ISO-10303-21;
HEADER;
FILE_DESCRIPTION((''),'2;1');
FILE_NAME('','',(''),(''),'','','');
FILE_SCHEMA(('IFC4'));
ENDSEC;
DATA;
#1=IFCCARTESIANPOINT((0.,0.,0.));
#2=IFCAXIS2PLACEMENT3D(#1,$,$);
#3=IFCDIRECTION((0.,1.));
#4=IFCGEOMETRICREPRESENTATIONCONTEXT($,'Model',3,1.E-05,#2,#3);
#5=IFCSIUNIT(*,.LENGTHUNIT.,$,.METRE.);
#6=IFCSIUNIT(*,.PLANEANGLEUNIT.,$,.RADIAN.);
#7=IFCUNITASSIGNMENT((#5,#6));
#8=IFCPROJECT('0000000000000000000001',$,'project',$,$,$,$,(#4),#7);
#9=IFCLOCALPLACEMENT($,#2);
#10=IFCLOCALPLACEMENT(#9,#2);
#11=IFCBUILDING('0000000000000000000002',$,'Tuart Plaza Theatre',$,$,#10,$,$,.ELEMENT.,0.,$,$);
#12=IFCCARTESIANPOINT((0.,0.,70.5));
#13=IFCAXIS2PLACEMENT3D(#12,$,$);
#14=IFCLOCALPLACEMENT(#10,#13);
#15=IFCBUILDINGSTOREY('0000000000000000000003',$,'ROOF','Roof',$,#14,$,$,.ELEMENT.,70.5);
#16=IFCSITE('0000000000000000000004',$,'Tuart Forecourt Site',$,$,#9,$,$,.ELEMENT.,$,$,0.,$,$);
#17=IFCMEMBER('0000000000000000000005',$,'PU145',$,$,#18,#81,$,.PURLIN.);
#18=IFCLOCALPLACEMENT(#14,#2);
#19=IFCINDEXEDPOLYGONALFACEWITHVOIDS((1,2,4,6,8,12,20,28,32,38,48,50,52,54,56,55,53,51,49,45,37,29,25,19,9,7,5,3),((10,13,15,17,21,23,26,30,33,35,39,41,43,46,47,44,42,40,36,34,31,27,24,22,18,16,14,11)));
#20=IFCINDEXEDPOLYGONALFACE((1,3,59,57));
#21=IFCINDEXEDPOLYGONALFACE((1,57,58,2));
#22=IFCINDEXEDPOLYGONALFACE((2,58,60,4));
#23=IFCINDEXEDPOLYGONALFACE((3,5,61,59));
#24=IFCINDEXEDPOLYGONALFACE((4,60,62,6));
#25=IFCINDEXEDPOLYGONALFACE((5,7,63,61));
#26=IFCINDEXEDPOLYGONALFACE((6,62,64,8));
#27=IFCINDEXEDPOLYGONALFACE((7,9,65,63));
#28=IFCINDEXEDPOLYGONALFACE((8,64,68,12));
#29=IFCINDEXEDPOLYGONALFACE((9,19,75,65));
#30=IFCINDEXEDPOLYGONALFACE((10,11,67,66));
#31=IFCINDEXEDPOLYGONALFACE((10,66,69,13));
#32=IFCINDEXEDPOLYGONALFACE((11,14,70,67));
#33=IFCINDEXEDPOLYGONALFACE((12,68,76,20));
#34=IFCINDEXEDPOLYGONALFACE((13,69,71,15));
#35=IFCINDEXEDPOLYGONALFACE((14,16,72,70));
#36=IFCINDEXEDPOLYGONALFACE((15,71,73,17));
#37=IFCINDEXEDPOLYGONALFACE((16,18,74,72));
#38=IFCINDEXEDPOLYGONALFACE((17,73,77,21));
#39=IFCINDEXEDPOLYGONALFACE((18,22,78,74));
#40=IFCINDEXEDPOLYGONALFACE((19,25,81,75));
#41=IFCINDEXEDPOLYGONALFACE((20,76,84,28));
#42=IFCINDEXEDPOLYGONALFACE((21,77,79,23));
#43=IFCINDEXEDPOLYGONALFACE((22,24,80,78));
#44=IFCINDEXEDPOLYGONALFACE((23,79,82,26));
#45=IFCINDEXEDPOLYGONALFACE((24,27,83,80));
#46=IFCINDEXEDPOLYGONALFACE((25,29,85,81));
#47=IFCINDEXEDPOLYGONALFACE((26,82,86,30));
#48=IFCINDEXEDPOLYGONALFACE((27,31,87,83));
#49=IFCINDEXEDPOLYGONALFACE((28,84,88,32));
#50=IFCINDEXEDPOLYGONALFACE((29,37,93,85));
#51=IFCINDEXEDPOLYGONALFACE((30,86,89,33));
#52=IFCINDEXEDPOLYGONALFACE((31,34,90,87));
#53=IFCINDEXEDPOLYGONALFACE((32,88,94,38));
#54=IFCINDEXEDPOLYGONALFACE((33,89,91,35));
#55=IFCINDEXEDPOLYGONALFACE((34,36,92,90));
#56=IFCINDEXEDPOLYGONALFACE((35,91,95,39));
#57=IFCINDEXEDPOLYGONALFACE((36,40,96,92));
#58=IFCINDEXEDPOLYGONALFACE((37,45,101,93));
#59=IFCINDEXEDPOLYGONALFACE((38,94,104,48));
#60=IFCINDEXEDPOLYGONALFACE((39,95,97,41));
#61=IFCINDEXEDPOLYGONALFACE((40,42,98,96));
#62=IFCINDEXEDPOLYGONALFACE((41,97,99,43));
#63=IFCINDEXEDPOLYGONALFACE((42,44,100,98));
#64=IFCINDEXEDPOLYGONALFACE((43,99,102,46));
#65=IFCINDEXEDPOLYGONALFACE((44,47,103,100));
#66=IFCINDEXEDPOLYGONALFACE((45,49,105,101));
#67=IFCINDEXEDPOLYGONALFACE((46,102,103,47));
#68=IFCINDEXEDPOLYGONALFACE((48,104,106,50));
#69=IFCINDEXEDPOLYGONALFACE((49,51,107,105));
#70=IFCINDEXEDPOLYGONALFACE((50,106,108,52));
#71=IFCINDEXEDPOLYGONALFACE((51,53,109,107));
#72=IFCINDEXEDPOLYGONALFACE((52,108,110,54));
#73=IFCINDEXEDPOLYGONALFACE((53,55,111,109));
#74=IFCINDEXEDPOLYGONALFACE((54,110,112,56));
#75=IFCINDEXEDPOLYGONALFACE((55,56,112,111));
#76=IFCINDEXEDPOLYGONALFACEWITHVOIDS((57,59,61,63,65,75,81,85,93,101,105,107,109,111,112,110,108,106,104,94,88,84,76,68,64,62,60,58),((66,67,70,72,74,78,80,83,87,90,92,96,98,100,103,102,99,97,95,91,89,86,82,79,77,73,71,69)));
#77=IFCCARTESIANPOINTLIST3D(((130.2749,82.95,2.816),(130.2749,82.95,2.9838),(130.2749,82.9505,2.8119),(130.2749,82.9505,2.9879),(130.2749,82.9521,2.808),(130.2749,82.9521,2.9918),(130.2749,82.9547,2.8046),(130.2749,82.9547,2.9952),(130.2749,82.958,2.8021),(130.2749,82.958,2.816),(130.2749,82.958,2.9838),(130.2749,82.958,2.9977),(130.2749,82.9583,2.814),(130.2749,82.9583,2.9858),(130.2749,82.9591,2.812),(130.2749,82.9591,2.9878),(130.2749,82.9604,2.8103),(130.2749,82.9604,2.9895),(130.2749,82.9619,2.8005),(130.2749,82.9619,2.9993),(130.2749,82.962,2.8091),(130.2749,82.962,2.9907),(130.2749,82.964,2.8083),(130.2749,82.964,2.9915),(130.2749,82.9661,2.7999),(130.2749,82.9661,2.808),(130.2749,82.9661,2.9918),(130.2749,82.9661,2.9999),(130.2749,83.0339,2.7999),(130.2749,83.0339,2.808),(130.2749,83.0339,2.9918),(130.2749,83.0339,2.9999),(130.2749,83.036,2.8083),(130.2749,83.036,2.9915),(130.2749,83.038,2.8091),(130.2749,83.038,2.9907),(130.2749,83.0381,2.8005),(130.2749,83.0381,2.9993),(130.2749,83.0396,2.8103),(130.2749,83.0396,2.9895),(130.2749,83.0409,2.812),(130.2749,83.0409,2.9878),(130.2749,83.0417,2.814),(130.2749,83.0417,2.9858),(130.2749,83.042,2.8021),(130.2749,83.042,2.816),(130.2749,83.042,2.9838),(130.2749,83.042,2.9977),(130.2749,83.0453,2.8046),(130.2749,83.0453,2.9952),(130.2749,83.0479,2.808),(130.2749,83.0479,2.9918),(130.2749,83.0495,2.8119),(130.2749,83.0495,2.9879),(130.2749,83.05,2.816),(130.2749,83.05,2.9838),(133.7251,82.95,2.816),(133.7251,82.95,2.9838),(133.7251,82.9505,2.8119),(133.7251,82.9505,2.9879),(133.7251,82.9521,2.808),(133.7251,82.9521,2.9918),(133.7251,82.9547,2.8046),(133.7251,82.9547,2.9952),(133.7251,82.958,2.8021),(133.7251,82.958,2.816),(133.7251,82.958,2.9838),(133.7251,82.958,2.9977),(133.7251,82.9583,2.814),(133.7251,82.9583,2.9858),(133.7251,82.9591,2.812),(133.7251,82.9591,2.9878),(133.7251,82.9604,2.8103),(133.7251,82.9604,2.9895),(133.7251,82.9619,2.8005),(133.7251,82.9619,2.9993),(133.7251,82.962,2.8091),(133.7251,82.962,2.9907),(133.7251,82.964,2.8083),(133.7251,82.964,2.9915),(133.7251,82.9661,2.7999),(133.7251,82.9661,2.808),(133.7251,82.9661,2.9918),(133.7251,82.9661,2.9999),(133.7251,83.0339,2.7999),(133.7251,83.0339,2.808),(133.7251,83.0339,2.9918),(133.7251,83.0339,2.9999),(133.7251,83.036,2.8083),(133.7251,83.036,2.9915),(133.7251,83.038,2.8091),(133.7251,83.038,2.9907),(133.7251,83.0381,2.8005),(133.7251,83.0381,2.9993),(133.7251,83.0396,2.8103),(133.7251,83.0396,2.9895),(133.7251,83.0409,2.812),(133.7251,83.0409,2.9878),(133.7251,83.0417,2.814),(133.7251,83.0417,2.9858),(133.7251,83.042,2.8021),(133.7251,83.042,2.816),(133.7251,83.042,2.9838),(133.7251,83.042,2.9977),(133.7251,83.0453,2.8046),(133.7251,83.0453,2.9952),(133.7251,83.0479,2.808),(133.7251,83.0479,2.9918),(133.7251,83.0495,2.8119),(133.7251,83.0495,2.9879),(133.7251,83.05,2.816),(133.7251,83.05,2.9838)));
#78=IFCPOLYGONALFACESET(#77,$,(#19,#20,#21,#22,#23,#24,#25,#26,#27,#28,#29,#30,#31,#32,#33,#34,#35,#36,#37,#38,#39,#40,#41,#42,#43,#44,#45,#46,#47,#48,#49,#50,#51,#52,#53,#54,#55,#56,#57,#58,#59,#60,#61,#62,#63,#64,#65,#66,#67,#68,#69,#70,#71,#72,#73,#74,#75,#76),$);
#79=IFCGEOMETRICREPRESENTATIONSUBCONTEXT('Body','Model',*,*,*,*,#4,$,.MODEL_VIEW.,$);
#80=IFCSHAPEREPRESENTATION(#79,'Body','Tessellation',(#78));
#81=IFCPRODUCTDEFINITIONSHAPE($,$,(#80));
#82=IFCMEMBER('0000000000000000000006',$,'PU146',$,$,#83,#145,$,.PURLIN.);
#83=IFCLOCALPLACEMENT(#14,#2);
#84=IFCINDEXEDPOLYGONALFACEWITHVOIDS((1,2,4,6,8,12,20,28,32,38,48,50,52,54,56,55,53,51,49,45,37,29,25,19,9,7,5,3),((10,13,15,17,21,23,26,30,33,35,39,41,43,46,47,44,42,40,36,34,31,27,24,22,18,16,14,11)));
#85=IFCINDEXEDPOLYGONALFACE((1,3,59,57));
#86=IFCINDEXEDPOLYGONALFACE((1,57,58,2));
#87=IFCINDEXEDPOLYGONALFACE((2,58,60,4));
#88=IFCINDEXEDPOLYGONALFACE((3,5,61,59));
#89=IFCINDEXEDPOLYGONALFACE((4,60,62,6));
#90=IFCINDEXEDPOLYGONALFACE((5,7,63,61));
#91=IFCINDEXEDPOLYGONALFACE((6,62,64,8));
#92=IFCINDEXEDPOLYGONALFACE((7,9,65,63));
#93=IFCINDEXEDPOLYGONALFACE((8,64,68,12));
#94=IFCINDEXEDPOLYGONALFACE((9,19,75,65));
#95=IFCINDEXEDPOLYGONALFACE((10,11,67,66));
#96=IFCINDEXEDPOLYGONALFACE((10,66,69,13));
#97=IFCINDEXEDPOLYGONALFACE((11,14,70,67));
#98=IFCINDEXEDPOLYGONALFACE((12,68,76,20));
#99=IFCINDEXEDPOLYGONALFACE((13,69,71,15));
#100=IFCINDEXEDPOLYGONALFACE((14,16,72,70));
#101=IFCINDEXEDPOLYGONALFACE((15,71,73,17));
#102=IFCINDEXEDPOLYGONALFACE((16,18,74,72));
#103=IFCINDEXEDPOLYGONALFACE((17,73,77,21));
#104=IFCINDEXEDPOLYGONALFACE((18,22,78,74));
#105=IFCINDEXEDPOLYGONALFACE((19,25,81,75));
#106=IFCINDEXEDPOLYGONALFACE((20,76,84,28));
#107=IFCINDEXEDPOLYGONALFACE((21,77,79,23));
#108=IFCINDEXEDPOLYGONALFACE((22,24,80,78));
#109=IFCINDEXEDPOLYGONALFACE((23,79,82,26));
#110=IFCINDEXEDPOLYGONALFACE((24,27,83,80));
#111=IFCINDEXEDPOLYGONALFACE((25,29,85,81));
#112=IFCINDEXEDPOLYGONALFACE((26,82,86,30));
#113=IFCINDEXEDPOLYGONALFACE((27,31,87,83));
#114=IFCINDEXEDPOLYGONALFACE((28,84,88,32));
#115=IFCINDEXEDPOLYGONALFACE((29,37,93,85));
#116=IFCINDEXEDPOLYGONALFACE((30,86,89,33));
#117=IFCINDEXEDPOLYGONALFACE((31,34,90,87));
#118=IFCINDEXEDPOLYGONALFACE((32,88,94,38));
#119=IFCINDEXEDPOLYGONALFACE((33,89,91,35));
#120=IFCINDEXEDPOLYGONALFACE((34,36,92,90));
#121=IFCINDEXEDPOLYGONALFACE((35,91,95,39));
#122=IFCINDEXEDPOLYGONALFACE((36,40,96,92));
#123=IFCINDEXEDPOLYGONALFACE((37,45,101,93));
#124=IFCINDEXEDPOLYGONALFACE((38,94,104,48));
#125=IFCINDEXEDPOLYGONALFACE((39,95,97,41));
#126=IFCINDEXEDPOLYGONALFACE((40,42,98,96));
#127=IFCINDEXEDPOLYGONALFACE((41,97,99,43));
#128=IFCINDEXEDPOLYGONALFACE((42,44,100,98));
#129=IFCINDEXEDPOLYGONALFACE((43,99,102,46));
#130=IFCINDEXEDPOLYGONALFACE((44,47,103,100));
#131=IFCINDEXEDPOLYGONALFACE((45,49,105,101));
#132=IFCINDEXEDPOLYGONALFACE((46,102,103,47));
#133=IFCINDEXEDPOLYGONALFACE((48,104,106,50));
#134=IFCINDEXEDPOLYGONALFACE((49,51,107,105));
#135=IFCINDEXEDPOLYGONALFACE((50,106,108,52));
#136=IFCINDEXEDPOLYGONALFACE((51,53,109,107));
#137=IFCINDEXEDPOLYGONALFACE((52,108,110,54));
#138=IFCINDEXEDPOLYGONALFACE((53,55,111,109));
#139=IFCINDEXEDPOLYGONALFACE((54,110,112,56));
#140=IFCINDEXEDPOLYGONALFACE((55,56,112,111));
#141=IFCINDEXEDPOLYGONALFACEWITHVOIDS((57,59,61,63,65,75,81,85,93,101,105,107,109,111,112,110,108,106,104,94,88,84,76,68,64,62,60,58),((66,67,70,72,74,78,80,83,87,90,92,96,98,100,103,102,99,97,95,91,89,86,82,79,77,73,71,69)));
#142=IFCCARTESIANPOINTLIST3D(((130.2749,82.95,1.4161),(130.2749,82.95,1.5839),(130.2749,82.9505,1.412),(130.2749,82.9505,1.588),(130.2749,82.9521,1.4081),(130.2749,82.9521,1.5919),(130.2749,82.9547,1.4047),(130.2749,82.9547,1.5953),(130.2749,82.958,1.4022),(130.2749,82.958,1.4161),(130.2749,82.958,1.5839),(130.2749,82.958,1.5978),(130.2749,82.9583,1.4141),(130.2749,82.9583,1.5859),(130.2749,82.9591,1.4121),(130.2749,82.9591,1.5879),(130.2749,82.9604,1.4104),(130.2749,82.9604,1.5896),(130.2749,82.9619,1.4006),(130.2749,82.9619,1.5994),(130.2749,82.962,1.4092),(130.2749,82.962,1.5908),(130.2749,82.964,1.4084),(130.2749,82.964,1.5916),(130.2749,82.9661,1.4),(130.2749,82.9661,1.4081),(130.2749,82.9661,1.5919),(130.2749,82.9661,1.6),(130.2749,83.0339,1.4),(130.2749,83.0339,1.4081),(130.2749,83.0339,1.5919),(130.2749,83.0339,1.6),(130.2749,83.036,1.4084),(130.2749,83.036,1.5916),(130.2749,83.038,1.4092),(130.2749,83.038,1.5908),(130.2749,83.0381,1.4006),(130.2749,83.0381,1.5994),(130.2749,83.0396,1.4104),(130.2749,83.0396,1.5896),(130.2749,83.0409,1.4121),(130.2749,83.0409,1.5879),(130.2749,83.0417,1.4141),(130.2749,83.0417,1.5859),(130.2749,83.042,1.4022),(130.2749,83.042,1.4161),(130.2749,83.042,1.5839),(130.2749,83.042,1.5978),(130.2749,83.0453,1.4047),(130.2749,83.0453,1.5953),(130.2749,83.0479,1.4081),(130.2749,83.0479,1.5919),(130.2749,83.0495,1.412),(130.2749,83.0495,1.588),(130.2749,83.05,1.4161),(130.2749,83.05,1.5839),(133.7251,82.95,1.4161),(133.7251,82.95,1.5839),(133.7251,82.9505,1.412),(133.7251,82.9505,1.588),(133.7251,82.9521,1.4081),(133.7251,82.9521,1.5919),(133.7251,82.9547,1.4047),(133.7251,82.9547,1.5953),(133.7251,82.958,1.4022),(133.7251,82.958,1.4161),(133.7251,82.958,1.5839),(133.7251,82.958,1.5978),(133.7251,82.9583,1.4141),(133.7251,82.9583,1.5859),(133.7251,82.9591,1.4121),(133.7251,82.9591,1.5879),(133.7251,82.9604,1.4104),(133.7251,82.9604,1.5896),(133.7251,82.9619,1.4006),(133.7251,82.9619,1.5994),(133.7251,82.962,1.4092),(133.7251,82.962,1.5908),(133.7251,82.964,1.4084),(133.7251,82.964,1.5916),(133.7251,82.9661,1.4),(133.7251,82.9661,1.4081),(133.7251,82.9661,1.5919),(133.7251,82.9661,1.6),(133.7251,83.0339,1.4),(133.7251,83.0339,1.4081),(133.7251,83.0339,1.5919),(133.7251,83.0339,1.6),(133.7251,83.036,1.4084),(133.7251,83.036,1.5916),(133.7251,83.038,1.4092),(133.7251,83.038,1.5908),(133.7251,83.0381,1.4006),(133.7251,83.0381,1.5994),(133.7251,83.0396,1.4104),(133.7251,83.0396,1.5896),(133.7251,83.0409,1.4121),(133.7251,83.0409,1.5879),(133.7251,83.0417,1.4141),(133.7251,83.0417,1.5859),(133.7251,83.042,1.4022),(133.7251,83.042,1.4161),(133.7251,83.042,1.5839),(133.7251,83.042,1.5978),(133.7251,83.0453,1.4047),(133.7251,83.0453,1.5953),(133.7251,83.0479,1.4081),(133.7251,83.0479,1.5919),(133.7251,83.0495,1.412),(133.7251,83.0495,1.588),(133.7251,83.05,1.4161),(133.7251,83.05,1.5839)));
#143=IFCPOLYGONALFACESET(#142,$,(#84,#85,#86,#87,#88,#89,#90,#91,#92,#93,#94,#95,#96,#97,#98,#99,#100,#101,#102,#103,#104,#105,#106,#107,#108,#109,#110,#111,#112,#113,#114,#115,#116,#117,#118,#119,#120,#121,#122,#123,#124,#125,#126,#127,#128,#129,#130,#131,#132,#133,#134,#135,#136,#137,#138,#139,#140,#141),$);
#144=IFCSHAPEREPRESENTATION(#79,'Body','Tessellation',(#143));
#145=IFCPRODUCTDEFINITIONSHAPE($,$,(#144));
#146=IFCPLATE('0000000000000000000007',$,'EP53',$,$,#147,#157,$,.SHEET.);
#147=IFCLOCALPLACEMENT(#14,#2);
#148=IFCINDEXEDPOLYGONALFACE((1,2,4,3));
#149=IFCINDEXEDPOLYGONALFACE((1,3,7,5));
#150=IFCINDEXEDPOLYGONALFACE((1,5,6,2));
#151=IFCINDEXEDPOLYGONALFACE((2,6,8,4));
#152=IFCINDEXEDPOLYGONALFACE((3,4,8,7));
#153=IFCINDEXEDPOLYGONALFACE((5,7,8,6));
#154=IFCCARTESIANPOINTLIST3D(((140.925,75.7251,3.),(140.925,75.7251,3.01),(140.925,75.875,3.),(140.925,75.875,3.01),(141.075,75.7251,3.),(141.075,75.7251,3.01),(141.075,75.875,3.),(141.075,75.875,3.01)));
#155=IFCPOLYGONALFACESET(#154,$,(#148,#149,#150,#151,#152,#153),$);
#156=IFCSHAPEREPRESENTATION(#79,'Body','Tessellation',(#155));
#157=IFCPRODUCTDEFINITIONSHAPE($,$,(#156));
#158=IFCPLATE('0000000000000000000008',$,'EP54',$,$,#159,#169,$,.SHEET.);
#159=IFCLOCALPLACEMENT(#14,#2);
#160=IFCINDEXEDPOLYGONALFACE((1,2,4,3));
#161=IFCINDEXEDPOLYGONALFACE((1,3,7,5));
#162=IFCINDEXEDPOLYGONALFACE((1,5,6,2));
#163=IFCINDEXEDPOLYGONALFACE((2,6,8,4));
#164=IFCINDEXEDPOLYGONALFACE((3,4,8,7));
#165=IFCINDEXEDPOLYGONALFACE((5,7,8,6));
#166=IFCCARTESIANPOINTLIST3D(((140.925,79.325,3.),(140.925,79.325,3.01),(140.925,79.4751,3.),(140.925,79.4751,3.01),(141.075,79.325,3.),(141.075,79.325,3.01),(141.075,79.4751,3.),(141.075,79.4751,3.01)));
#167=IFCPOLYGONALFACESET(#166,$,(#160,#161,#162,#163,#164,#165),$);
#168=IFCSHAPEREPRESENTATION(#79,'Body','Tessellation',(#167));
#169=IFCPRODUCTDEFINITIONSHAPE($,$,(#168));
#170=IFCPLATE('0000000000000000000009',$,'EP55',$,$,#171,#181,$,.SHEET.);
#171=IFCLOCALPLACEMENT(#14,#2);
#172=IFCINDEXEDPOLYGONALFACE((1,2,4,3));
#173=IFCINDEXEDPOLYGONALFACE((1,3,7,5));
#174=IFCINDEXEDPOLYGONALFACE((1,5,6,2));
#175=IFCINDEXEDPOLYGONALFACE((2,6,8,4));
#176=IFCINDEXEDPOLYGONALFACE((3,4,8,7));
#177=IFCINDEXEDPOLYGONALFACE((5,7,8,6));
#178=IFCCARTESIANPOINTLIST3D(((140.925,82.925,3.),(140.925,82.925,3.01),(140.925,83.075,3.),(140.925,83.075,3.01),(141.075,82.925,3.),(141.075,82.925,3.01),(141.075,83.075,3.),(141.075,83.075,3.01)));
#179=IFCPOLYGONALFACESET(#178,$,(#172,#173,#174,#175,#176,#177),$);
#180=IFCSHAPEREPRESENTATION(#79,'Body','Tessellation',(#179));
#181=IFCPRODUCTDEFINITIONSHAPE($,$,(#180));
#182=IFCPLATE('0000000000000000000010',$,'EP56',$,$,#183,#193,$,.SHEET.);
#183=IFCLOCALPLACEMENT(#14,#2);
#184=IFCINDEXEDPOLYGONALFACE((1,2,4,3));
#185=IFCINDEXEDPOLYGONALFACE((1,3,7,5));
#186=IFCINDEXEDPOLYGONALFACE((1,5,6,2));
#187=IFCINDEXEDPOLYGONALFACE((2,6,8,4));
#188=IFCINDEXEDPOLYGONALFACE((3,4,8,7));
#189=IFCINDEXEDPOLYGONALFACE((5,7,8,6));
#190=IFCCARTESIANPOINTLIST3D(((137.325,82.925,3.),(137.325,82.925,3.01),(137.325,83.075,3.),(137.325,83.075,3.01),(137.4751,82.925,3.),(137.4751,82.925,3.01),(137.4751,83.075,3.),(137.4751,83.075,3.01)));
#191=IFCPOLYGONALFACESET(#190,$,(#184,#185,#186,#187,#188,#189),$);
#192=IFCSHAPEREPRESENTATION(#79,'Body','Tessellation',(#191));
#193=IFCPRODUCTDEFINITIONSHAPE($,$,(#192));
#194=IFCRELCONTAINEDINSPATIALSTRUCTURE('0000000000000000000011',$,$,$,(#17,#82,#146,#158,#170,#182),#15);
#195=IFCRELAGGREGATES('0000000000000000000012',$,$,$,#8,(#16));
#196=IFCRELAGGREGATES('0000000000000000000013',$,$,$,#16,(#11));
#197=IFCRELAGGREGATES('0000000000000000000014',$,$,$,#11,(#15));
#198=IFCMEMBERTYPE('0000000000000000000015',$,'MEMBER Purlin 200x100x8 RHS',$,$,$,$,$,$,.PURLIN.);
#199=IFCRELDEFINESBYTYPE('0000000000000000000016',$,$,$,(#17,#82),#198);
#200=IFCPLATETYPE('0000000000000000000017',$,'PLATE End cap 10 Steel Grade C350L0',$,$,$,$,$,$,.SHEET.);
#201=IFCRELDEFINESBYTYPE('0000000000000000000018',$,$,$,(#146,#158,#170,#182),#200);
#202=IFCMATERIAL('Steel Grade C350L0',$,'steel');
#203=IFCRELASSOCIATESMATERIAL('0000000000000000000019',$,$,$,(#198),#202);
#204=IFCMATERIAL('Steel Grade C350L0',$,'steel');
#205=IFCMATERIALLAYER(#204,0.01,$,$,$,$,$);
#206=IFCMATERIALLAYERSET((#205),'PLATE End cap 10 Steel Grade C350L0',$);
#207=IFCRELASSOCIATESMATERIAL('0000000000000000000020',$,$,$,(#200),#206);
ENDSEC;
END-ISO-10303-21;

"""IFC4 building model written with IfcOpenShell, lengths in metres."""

from ifc_helpers import new_model, si_unit, direction, frame, origin, origin_2d, place, context, subcontext, project, spatial, polyline, hollow_rectangle, outline, extrude, material, layer, layer_set, material_profile, profile_set, type_object, element, save


model = new_model("IFC4")

# Units and contexts
model_context = context("Model", 3, precision=1e-05, world=origin(), true_north=direction((0.0, 1.0)))
body_context = subcontext(model_context, "Body", "Model", "MODEL_VIEW")
ifc_project = project(units=[si_unit("LENGTHUNIT", "METRE"), si_unit("PLANEANGLEUNIT", "RADIAN")], contexts=[model_context])

# Site, building, storey
site_placement = place(None, origin())
site = spatial("IfcSite", under=ifc_project, at=site_placement, Name="Tuart Forecourt Site", CompositionType="ELEMENT", RefElevation=0.0)
building_placement = place(site_placement, origin())
building = spatial("IfcBuilding", under=site, at=building_placement, Name="Tuart Plaza Theatre", CompositionType="ELEMENT", ElevationOfRefHeight=0.0)
storey_placement = place(building_placement, frame((0.0, 0.0, 70.5)))
storey = spatial("IfcBuildingStorey", under=building, at=storey_placement, Name="ROOF", Description="Roof", CompositionType="ELEMENT", Elevation=70.5)

# Members
ifc_material_1 = material(Name="Steel Grade C350L0", Category="steel")
ifc_material_profile_1 = material_profile(ifc_material_1, hollow_rectangle(XDim=0.1001, YDim=0.2, WallThickness=0.0081, InnerFilletRadius=0.0081, OuterFilletRadius=0.0161, at=origin_2d()), Name="200x100x8 RHS")
ifc_profile_set_1 = profile_set([ifc_material_profile_1], Name="Steel Grade C350L0")
member_type = type_object("IfcMemberType", Name="MEMBER Purlin 200x100x8 RHS", PredefinedType="PURLIN", material=ifc_profile_set_1)
for number, where, z_axis, x_axis, name in (
    (1, (133.7251, 83.0, 2.8999), (-1.0, 0.0, 0.0), (0.0, -1.0, 0.0), "PU145"),
    (2, (133.7251, 83.0, 1.5), (-1.0, 0.0, 0.0), (0.0, -1.0, 0.0), "PU146"),
):
    element("IfcMember", number, at=place(storey_placement, frame(where, z_axis=z_axis, x_axis=x_axis)), inside=storey, type_object=member_type, Name=name, PredefinedType="PURLIN", context=body_context, shape_type="SweptSolid", body=[
        extrude(hollow_rectangle(XDim=0.1001, YDim=0.2, WallThickness=0.0081, InnerFilletRadius=0.0081, OuterFilletRadius=0.0161, at=origin_2d()), origin(), (0.0, 0.0, 1.0), 3.4502),
    ])

# Plates
ifc_material_2 = material(Name="Steel Grade C350L0", Category="steel")
ifc_layer_1 = layer(ifc_material_2, 0.01)
ifc_layer_set_1 = layer_set([ifc_layer_1], Name="PLATE End cap 10 Steel Grade C350L0")
plate_type = type_object("IfcPlateType", Name="PLATE End cap 10 Steel Grade C350L0", PredefinedType="SHEET", material=ifc_layer_set_1)
plate_1_placement = place(storey_placement, frame((140.925, 75.7251, 3.01), z_axis=(0.0, 0.0, 1.0), x_axis=(1.0, 0.0, 0.0)))
element("IfcPlate", 3, at=plate_1_placement, inside=storey, type_object=plate_type, Name="EP53", PredefinedType="SHEET", context=body_context, shape_type="SweptSolid", body=[
    extrude(outline(polyline([(0.0, 0.0), (0.1499, 0.0), (0.1499, 0.1499), (0.0, 0.1499), (0.0, 0.0)])), origin(), (0.0, 0.0, -1.0), 0.01),
])
plate_2_placement = place(storey_placement, frame((140.925, 79.325, 3.01), z_axis=(0.0, 0.0, 1.0), x_axis=(1.0, 0.0, 0.0)))
element("IfcPlate", 4, at=plate_2_placement, inside=storey, type_object=plate_type, Name="EP54", PredefinedType="SHEET", context=body_context, shape_type="SweptSolid", body=[
    extrude(outline(polyline([(0.0, 0.0), (0.1499, 0.0), (0.1499, 0.1501), (0.0, 0.1501), (0.0, 0.0)])), origin(), (0.0, 0.0, -1.0), 0.01),
])
plate_3_placement = place(storey_placement, frame((140.925, 82.925, 3.01), z_axis=(0.0, 0.0, 1.0), x_axis=(1.0, 0.0, 0.0)))
element("IfcPlate", 5, at=plate_3_placement, inside=storey, type_object=plate_type, Name="EP55", PredefinedType="SHEET", context=body_context, shape_type="SweptSolid", body=[
    extrude(outline(polyline([(0.0, 0.0), (0.1499, 0.0), (0.1499, 0.1499), (0.0, 0.1499), (0.0, 0.0)])), origin(), (0.0, 0.0, -1.0), 0.01),
])
plate_4_placement = place(storey_placement, frame((137.325, 82.925, 3.01), z_axis=(0.0, 0.0, 1.0), x_axis=(1.0, 0.0, 0.0)))
element("IfcPlate", 6, at=plate_4_placement, inside=storey, type_object=plate_type, Name="EP56", PredefinedType="SHEET", context=body_context, shape_type="SweptSolid", body=[
    extrude(outline(polyline([(0.0, 0.0), (0.1501, 0.0), (0.1501, 0.1499), (0.0, 0.1499), (0.0, 0.0)])), origin(), (0.0, 0.0, -1.0), 0.01),
])

save(model, "model.ifc")
